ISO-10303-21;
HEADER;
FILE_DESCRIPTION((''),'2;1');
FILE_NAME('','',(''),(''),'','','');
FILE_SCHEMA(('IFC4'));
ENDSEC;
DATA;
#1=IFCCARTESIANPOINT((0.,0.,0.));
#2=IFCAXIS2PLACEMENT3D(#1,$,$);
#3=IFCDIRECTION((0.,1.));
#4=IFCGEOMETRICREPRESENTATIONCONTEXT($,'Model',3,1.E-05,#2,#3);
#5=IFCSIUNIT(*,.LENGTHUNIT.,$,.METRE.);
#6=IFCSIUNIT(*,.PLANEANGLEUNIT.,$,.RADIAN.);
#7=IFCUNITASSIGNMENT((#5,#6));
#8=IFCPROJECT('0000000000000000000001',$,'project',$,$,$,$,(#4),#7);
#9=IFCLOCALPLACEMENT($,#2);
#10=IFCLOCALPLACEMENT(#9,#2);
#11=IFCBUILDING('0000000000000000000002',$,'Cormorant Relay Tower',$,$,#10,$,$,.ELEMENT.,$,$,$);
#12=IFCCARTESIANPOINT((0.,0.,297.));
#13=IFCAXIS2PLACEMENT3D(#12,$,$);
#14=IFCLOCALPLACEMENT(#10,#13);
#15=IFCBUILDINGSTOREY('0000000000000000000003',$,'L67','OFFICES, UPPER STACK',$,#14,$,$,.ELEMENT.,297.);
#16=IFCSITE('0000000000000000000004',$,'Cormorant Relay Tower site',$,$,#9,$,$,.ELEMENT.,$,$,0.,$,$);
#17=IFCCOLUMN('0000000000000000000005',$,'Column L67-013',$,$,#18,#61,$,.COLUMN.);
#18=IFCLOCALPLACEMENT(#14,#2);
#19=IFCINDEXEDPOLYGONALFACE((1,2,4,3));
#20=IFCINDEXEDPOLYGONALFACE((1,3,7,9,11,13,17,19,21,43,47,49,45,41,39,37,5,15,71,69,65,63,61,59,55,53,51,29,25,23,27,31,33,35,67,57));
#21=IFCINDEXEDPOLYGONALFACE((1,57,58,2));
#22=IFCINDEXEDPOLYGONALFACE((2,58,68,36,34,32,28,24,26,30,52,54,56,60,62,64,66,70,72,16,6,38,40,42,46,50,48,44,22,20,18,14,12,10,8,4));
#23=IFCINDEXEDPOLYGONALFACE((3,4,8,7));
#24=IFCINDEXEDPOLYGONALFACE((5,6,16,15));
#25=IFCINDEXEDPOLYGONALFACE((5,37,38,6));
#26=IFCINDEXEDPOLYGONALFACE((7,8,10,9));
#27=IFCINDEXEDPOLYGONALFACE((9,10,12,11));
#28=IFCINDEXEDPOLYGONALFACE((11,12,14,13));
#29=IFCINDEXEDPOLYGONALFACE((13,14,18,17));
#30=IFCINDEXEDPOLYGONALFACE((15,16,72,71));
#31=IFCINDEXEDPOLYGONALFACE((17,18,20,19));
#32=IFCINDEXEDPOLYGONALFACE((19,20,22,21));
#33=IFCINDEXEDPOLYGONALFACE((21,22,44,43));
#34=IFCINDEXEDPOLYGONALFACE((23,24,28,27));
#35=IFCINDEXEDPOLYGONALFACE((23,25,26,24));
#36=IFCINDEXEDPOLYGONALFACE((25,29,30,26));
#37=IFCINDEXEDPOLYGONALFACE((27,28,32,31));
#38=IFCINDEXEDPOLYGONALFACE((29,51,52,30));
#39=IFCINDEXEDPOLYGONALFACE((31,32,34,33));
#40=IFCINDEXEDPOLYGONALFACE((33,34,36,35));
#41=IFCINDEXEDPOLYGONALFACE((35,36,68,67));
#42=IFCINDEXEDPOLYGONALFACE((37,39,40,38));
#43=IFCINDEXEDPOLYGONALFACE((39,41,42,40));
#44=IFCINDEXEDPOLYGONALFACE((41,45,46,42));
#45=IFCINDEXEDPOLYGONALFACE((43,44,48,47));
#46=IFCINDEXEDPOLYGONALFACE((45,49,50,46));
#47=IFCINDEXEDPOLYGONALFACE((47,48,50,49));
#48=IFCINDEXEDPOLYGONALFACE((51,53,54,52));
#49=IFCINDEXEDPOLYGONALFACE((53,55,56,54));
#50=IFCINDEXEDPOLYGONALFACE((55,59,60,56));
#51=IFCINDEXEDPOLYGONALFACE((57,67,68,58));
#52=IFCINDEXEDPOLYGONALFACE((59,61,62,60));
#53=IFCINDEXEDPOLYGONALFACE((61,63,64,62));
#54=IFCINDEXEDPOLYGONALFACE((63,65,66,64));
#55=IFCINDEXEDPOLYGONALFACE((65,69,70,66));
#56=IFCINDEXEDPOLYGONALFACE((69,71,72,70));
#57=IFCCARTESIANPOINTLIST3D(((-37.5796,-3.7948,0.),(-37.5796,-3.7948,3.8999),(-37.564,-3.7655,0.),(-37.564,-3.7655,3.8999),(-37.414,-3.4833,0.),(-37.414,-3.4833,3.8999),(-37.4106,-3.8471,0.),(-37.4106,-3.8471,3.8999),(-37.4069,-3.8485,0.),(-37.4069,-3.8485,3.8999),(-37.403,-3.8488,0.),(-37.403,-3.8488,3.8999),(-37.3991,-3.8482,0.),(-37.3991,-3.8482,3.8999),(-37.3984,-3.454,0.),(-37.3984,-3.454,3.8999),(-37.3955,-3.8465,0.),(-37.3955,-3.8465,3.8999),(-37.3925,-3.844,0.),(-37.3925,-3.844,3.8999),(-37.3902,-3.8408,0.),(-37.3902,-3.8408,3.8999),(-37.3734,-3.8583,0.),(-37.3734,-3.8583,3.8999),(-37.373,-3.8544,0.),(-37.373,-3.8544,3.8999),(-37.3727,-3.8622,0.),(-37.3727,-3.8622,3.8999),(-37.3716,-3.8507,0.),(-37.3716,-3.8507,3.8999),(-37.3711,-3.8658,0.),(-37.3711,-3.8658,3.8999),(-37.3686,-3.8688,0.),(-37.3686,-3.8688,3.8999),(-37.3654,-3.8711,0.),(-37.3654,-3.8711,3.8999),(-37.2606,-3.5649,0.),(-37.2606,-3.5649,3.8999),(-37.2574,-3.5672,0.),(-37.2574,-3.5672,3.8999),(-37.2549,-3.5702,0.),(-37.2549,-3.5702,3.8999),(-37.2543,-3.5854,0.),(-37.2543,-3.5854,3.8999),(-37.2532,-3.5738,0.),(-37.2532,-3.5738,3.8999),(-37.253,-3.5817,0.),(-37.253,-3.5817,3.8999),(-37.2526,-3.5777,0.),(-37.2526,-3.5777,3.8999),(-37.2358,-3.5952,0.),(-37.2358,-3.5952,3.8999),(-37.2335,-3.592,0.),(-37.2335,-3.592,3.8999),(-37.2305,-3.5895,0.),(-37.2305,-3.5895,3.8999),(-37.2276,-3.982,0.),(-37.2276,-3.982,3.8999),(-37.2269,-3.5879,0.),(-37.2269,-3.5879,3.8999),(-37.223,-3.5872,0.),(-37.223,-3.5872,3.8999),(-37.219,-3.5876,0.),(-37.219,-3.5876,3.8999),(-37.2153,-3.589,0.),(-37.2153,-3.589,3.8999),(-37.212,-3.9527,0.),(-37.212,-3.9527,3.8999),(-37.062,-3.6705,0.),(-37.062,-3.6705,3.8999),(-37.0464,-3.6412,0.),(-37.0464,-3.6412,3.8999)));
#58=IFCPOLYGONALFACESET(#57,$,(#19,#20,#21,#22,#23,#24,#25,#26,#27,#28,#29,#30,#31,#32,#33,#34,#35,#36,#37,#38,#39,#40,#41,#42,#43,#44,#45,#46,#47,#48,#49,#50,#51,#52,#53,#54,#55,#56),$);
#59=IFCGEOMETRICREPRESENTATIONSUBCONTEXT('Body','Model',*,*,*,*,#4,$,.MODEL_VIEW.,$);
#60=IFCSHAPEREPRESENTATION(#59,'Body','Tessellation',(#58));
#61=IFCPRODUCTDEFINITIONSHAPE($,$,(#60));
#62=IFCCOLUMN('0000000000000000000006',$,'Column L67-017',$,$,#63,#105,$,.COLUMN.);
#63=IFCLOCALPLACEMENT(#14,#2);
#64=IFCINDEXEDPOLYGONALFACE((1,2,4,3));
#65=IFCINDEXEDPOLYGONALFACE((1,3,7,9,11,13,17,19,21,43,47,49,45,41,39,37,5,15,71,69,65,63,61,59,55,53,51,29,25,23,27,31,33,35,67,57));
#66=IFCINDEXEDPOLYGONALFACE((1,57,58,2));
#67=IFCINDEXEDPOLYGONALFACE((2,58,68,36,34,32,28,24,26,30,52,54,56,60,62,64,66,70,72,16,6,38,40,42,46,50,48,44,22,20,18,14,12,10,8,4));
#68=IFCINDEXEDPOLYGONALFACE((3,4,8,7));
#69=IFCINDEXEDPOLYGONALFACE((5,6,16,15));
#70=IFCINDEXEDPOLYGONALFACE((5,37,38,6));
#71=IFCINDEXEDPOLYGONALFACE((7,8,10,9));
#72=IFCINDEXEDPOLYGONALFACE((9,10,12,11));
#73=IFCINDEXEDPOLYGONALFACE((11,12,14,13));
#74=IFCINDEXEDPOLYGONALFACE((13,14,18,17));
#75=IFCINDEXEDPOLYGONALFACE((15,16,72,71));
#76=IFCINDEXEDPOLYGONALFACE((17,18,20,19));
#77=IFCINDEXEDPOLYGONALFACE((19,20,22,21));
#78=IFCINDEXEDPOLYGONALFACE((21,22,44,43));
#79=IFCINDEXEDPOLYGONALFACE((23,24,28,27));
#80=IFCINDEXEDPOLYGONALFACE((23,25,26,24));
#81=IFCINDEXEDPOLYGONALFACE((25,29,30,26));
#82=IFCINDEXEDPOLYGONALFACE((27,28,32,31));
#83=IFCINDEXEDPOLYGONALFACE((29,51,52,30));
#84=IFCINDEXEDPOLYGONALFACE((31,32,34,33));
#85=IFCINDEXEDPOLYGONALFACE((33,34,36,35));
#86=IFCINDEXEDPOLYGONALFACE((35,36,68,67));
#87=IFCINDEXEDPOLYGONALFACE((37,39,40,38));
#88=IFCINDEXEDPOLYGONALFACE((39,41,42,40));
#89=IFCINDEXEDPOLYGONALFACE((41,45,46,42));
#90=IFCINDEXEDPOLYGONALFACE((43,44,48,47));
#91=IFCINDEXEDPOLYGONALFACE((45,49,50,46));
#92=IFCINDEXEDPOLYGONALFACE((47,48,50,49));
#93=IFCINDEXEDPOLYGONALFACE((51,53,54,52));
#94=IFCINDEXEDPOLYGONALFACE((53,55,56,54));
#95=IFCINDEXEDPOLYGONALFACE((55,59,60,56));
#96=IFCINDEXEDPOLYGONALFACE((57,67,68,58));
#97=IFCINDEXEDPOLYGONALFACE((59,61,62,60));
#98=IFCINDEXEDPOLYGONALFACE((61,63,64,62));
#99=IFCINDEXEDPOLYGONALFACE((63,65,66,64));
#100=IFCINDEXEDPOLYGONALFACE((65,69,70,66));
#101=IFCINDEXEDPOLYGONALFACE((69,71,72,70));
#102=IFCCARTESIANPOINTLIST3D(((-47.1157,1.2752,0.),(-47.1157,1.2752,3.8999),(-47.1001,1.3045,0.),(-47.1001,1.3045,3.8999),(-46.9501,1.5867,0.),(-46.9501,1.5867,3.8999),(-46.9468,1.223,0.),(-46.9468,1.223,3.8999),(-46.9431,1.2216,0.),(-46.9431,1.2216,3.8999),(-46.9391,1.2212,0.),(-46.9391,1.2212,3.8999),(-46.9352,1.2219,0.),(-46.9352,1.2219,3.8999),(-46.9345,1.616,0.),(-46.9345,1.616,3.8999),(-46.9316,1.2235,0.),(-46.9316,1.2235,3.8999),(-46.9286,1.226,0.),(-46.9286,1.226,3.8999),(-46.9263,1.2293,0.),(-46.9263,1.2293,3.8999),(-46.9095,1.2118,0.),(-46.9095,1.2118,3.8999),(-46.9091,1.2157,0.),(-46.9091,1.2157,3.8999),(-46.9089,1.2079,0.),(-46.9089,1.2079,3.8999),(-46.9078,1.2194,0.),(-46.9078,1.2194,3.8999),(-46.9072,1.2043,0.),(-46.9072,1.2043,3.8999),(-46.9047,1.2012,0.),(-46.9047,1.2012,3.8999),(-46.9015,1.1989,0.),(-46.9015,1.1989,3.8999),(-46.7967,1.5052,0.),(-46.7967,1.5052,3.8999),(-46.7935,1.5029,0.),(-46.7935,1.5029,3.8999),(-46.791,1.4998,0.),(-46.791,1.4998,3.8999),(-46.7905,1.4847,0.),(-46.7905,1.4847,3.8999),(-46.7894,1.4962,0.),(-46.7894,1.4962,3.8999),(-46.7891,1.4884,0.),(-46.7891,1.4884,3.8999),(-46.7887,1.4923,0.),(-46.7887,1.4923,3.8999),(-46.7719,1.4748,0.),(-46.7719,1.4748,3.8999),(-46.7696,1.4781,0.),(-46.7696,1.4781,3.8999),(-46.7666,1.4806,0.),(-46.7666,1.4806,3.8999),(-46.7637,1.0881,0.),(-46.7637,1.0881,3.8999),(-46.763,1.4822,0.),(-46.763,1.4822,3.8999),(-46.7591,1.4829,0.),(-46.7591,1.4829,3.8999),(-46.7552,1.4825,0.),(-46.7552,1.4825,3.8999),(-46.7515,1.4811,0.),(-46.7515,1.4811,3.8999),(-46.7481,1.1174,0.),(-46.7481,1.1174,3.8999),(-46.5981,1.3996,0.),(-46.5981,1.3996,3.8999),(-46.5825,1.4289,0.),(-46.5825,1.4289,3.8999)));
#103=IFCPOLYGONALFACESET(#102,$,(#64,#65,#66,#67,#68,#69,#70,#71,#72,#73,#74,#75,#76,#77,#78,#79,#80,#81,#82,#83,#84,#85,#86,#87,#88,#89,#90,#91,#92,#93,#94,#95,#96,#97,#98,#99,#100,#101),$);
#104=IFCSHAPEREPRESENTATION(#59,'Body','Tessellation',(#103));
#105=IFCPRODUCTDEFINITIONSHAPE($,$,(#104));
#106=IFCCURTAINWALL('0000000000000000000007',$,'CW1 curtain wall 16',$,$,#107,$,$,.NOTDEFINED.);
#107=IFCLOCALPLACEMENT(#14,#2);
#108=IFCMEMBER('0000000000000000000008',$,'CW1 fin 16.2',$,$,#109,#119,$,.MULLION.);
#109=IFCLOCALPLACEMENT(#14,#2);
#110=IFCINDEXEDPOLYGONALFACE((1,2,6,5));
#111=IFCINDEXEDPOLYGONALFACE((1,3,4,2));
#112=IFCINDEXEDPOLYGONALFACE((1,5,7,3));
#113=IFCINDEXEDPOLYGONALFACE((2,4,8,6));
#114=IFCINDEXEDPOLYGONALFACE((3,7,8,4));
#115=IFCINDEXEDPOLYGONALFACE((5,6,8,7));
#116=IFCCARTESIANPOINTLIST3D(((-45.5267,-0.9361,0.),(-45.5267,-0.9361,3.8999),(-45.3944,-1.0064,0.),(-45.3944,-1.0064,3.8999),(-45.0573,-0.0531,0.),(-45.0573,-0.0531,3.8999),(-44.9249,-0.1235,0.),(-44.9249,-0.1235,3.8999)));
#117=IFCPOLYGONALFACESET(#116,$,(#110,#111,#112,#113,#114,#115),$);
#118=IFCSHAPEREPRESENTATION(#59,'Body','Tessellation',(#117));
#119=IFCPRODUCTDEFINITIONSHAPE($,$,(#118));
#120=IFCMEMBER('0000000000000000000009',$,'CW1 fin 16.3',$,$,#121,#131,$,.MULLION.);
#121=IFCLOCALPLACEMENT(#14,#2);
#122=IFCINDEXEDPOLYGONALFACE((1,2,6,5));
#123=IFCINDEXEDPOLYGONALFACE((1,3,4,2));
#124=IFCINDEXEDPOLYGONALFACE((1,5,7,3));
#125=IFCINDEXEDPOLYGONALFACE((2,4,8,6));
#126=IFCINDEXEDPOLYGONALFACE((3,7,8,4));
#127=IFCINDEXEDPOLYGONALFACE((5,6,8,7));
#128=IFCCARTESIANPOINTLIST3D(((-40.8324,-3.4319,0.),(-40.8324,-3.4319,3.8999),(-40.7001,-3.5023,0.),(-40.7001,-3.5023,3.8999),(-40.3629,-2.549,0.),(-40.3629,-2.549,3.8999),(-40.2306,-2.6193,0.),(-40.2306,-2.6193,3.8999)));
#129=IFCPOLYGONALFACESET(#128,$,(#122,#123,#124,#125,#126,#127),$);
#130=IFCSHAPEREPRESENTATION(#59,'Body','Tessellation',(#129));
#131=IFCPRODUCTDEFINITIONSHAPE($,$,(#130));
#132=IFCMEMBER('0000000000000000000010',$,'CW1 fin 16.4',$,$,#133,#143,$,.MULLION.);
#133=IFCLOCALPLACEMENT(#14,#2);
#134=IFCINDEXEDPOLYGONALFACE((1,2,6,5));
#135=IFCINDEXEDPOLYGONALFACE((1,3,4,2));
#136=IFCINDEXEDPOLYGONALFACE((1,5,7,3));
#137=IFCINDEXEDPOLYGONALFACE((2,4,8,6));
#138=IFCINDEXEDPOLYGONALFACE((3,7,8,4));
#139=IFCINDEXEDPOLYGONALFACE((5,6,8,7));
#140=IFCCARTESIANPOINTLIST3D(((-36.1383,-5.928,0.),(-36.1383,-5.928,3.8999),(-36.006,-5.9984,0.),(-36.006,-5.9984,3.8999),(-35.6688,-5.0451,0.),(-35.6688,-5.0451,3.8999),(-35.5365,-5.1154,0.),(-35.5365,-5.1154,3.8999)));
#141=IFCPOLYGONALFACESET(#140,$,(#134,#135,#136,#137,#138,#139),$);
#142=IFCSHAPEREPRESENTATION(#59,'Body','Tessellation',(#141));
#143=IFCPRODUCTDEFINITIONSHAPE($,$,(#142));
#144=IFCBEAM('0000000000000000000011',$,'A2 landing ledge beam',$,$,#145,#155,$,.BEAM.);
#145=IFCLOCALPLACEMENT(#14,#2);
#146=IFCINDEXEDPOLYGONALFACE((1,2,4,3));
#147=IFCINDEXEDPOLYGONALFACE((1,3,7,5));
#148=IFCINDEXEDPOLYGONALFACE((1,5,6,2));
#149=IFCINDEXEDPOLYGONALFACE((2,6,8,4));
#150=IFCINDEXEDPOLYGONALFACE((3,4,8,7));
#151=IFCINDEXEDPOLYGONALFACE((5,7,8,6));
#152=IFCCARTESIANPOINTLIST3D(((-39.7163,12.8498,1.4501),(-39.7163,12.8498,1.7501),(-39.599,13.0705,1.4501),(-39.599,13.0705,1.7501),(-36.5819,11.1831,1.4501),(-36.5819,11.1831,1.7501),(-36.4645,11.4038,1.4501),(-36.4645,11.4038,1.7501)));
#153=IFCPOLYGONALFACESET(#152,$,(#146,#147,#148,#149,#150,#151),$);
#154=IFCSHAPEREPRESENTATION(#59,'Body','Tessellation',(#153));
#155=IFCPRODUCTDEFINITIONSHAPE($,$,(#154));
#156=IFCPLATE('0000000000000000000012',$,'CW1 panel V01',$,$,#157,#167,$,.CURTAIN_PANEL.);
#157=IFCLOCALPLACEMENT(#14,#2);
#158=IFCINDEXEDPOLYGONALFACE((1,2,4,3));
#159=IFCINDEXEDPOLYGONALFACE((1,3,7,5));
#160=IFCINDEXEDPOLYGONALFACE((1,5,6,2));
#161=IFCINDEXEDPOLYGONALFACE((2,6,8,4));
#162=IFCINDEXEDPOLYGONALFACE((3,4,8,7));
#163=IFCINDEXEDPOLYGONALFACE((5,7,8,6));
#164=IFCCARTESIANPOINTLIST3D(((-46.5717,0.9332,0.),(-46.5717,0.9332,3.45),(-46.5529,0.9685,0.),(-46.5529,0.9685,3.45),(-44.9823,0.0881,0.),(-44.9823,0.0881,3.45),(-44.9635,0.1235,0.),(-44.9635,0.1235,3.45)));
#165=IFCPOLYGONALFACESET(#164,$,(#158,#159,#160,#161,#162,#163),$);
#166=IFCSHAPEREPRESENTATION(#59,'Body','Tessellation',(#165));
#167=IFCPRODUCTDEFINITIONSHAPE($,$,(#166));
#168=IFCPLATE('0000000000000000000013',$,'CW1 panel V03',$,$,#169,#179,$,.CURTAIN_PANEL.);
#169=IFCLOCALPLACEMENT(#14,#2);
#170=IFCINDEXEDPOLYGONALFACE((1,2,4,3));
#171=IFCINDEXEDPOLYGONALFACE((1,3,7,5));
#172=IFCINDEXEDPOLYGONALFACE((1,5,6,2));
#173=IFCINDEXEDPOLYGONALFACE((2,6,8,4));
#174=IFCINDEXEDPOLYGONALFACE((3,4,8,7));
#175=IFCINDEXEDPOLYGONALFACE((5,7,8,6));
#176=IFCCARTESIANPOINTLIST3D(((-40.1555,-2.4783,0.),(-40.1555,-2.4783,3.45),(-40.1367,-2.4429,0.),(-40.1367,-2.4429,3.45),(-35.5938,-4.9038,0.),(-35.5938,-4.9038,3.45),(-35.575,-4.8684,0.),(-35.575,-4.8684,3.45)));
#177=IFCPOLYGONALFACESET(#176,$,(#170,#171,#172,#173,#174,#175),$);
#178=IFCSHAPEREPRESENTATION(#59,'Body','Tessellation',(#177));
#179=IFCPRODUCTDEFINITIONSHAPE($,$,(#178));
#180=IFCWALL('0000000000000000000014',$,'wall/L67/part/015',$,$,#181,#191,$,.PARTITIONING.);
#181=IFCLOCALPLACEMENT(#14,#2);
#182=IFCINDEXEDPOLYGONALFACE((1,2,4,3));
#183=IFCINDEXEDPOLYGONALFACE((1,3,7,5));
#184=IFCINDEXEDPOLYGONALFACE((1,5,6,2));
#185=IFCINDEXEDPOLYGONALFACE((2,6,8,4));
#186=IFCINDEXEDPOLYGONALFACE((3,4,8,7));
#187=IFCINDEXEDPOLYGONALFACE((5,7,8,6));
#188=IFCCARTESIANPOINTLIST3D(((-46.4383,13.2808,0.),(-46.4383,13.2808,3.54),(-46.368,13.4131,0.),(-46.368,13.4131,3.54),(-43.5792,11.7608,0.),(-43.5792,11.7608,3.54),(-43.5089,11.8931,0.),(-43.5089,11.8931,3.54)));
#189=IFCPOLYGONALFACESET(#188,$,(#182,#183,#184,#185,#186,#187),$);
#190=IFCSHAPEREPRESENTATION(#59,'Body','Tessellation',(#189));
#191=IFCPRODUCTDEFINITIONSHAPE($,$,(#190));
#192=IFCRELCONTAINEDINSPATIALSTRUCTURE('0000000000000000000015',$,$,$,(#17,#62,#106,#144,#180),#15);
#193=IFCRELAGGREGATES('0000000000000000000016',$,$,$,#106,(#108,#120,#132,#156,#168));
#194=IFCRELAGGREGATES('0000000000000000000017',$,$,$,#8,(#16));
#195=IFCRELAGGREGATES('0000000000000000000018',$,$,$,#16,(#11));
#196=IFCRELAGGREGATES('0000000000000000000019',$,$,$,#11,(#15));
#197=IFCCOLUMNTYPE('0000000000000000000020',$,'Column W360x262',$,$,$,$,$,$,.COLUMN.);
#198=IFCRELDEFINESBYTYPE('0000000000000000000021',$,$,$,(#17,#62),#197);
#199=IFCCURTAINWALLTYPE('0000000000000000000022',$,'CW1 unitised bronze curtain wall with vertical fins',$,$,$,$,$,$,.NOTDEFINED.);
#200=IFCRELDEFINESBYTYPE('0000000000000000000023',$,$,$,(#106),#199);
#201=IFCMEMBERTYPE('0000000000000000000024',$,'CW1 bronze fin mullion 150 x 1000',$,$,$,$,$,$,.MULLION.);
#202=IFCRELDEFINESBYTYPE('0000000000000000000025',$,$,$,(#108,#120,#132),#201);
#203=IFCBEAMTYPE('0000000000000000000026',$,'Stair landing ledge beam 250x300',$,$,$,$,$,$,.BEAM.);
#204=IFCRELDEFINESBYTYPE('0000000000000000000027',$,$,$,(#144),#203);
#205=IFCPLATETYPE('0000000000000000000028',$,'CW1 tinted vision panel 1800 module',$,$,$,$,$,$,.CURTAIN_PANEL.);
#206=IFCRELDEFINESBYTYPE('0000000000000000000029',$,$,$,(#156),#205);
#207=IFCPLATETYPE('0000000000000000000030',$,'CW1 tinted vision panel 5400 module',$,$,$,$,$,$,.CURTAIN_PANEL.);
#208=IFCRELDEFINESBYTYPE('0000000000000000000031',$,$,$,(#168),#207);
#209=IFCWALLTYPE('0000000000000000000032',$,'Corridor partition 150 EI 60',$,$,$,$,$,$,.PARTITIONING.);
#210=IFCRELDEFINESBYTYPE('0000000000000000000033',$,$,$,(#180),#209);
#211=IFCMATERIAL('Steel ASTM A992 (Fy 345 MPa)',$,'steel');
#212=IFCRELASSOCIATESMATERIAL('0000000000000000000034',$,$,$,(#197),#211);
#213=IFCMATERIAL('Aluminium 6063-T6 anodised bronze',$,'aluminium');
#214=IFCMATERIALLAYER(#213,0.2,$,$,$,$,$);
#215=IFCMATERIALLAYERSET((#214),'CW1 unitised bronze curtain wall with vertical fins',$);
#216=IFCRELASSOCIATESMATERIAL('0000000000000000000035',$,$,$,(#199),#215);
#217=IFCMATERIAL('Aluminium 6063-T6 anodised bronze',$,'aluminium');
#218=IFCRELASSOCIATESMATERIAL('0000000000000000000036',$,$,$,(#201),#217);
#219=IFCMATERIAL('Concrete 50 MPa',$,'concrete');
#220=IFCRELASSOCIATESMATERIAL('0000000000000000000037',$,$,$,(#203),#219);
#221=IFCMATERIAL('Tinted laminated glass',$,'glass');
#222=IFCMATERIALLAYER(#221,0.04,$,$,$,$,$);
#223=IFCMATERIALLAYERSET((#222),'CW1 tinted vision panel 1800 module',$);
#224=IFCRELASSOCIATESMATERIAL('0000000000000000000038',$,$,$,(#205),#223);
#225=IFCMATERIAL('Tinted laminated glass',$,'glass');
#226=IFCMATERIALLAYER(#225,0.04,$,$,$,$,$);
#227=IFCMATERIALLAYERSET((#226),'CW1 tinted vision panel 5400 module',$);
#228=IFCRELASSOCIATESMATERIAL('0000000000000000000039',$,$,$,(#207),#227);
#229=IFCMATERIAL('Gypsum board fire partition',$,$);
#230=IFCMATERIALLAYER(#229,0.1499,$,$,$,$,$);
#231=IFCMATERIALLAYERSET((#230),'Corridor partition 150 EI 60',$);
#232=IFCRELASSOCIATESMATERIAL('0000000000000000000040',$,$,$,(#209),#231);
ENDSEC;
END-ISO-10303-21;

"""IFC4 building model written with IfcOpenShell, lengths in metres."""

from ifc_helpers import new_model, si_unit, direction, frame, frame_2d, origin, origin_2d, place, context, subcontext, project, spatial, rectangle, i_section, extrude, material, layer, layer_set, material_profile, profile_set, type_object, element, aggregate, save


model = new_model("IFC4")

# Units and contexts
model_context = context("Model", 3, precision=1e-05, world=origin(), true_north=direction((0.0, 1.0)))
body_context = subcontext(model_context, "Body", "Model", "MODEL_VIEW")
ifc_project = project(units=[si_unit("LENGTHUNIT", "METRE"), si_unit("PLANEANGLEUNIT", "RADIAN")], contexts=[model_context])

# Site, building, storey
site_placement = place(None, origin())
site = spatial("IfcSite", under=ifc_project, at=site_placement, Name="Cormorant Relay Tower site", CompositionType="ELEMENT", RefElevation=0.0)
building_placement = place(site_placement, origin())
building = spatial("IfcBuilding", under=site, at=building_placement, Name="Cormorant Relay Tower", CompositionType="ELEMENT")
storey_placement = place(building_placement, frame((0.0, 0.0, 297.0)))
storey = spatial("IfcBuildingStorey", under=building, at=storey_placement, Name="L67", Description="OFFICES, UPPER STACK", CompositionType="ELEMENT", Elevation=297.0)

# Columns
ifc_material_1 = material(Name="Steel ASTM A992 (Fy 345 MPa)", Category="steel")
ifc_material_profile_1 = material_profile(ifc_material_1, i_section(OverallWidth=0.3987, OverallDepth=0.386, WebThickness=0.021, FlangeThickness=0.0332, FilletRadius=0.0151, at=origin_2d()), Name="W360x262")
ifc_profile_set_1 = profile_set([ifc_material_profile_1], Name="Steel ASTM A992 (Fy 345 MPa)")
column_type = type_object("IfcColumnType", Name="Column W360x262", PredefinedType="COLUMN", material=ifc_profile_set_1)
for number, where, z_axis, x_axis, name in (
    (1, (-37.313, -3.718, 0.0), (0.0, 0.0, 1.0), (0.882948, -0.469472, 0.0), "Column L67-013"),
    (2, (-46.8491, 1.3521, 0.0), (0.0, 0.0, 1.0), (0.882948, -0.469472, 0.0), "Column L67-017"),
):
    element("IfcColumn", number, at=place(storey_placement, frame(where, z_axis=z_axis, x_axis=x_axis)), inside=storey, type_object=column_type, Name=name, PredefinedType="COLUMN", context=body_context, shape_type="SweptSolid", body=[
        extrude(i_section(OverallWidth=0.3987, OverallDepth=0.386, WebThickness=0.021, FlangeThickness=0.0332, FilletRadius=0.0151, at=origin_2d()), origin(), (0.0, 0.0, 1.0), 3.8999),
    ])

# Curtain wall, members
ifc_material_2 = material(Name="Aluminium 6063-T6 anodised bronze", Category="aluminium")
ifc_layer_1 = layer(ifc_material_2, 0.2)
ifc_layer_set_1 = layer_set([ifc_layer_1], Name="CW1 unitised bronze curtain wall with vertical fins")
curtain_wall_type = type_object("IfcCurtainWallType", Name="CW1 unitised bronze curtain wall with vertical fins", PredefinedType="NOTDEFINED", material=ifc_layer_set_1)
curtain_wall_placement = place(storey_placement, origin())
curtain_wall = element("IfcCurtainWall", 3, at=curtain_wall_placement, inside=storey, type_object=curtain_wall_type, Name="CW1 curtain wall 16", PredefinedType="NOTDEFINED")
ifc_material_3 = material(Name="Aluminium 6063-T6 anodised bronze", Category="aluminium")
ifc_material_profile_2 = material_profile(ifc_material_3, rectangle(XDim=0.1499, YDim=1.0, at=origin_2d()), Name="AL 150x1000")
ifc_profile_set_2 = profile_set([ifc_material_profile_2], Name="Aluminium 6063-T6 anodised bronze")
member_type = type_object("IfcMemberType", Name="CW1 bronze fin mullion 150 x 1000", PredefinedType="MULLION", material=ifc_profile_set_2)
member_1_placement = place(storey_placement, frame((-45.2258, -0.5298, 0.0), z_axis=(0.0, 0.0, 1.0), x_axis=(0.882948, -0.469472, 0.0)))
member_1 = element("IfcMember", 4, at=member_1_placement, type_object=member_type, Name="CW1 fin 16.2", PredefinedType="MULLION", context=body_context, shape_type="SweptSolid", body=[
    extrude(rectangle(XDim=0.1499, YDim=1.0, at=origin_2d()), origin(), (0.0, 0.0, 1.0), 3.8999),
])
member_2_placement = place(storey_placement, frame((-40.5315, -3.0256, 0.0), z_axis=(0.0, 0.0, 1.0), x_axis=(0.882948, -0.469472, 0.0)))
member_2 = element("IfcMember", 5, at=member_2_placement, type_object=member_type, Name="CW1 fin 16.3", PredefinedType="MULLION", context=body_context, shape_type="SweptSolid", body=[
    extrude(rectangle(XDim=0.1499, YDim=1.0, at=origin_2d()), origin(), (0.0, 0.0, 1.0), 3.8999),
])
member_3_placement = place(storey_placement, frame((-35.8374, -5.5217, 0.0), z_axis=(0.0, 0.0, 1.0), x_axis=(0.882948, -0.469472, 0.0)))
member_3 = element("IfcMember", 6, at=member_3_placement, type_object=member_type, Name="CW1 fin 16.4", PredefinedType="MULLION", context=body_context, shape_type="SweptSolid", body=[
    extrude(rectangle(XDim=0.1499, YDim=1.0, at=origin_2d()), origin(), (0.0, 0.0, 1.0), 3.8999),
])

# Beam
ifc_material_4 = material(Name="Concrete 50 MPa", Category="concrete")
ifc_material_profile_3 = material_profile(ifc_material_4, rectangle(XDim=0.25, YDim=0.3, at=origin_2d()), Name="RC 250x300")
ifc_profile_set_3 = profile_set([ifc_material_profile_3], Name="Concrete 50 MPa")
beam_type = type_object("IfcBeamType", Name="Stair landing ledge beam 250x300", PredefinedType="BEAM", material=ifc_profile_set_3)
beam_placement = place(storey_placement, frame((-36.5232, 11.2935, 1.6001), z_axis=(-0.882937, 0.469492, 0.0), x_axis=(-0.469492, -0.882937, 0.0)))
element("IfcBeam", 7, at=beam_placement, inside=storey, type_object=beam_type, Name="A2 landing ledge beam", PredefinedType="BEAM", context=body_context, shape_type="SweptSolid", body=[
    extrude(rectangle(XDim=0.25, YDim=0.3, at=origin_2d()), origin(), (0.0, 0.0, 1.0), 3.55),
])

# Plates
ifc_material_5 = material(Name="Tinted laminated glass", Category="glass")
ifc_layer_2 = layer(ifc_material_5, 0.04)
ifc_layer_set_2 = layer_set([ifc_layer_2], Name="CW1 tinted vision panel 1800 module")
plate_type_1 = type_object("IfcPlateType", Name="CW1 tinted vision panel 1800 module", PredefinedType="CURTAIN_PANEL", material=ifc_layer_set_2)
plate_1_placement = place(storey_placement, frame((-45.7676, 0.5283, 0.0), z_axis=(0.0, 0.0, 1.0), x_axis=(0.882948, -0.469472, 0.0)))
plate_1 = element("IfcPlate", 8, at=plate_1_placement, type_object=plate_type_1, Name="CW1 panel V01", PredefinedType="CURTAIN_PANEL", context=body_context, shape_type="SweptSolid", body=[
    extrude(rectangle(XDim=1.8, YDim=0.04, at=origin_2d()), origin(), (0.0, 0.0, 1.0), 3.45),
])
ifc_material_6 = material(Name="Tinted laminated glass", Category="glass")
ifc_layer_3 = layer(ifc_material_6, 0.04)
ifc_layer_set_3 = layer_set([ifc_layer_3], Name="CW1 tinted vision panel 5400 module")
plate_type_2 = type_object("IfcPlateType", Name="CW1 tinted vision panel 5400 module", PredefinedType="CURTAIN_PANEL", material=ifc_layer_set_3)
plate_2_placement = place(storey_placement, frame((-37.8652, -3.6733, 0.0), z_axis=(0.0, 0.0, 1.0), x_axis=(0.882948, -0.469472, 0.0)))
plate_2 = element("IfcPlate", 9, at=plate_2_placement, type_object=plate_type_2, Name="CW1 panel V03", PredefinedType="CURTAIN_PANEL", context=body_context, shape_type="SweptSolid", body=[
    extrude(rectangle(XDim=5.1665, YDim=0.04, at=origin_2d()), origin(), (0.0, 0.0, 1.0), 3.45),
])

# Wall
ifc_material_7 = material(Name="Gypsum board fire partition")
ifc_layer_4 = layer(ifc_material_7, 0.1499)
ifc_layer_set_4 = layer_set([ifc_layer_4], Name="Corridor partition 150 EI 60")
wall_type_1 = type_object("IfcWallType", Name="Corridor partition 150 EI 60", PredefinedType="PARTITIONING", material=ifc_layer_set_4)
wall_1_placement = place(storey_placement, frame((-43.5439, 11.8269, 0.0), z_axis=(0.0, 0.0, 1.0), x_axis=(-0.882974, 0.469422, 0.0)))
element("IfcWall", 10, at=wall_1_placement, inside=storey, type_object=wall_type_1, Name="wall/L67/part/015", PredefinedType="PARTITIONING", context=body_context, shape_type="SweptSolid", body=[
    extrude(rectangle(XDim=3.238, YDim=0.1499, at=frame_2d((1.6191, 0.0))), origin(), (0.0, 0.0, 1.0), 3.54),
])

aggregate(curtain_wall, [member_1, member_2, member_3, plate_1, plate_2])

save(model, "model.ifc")
